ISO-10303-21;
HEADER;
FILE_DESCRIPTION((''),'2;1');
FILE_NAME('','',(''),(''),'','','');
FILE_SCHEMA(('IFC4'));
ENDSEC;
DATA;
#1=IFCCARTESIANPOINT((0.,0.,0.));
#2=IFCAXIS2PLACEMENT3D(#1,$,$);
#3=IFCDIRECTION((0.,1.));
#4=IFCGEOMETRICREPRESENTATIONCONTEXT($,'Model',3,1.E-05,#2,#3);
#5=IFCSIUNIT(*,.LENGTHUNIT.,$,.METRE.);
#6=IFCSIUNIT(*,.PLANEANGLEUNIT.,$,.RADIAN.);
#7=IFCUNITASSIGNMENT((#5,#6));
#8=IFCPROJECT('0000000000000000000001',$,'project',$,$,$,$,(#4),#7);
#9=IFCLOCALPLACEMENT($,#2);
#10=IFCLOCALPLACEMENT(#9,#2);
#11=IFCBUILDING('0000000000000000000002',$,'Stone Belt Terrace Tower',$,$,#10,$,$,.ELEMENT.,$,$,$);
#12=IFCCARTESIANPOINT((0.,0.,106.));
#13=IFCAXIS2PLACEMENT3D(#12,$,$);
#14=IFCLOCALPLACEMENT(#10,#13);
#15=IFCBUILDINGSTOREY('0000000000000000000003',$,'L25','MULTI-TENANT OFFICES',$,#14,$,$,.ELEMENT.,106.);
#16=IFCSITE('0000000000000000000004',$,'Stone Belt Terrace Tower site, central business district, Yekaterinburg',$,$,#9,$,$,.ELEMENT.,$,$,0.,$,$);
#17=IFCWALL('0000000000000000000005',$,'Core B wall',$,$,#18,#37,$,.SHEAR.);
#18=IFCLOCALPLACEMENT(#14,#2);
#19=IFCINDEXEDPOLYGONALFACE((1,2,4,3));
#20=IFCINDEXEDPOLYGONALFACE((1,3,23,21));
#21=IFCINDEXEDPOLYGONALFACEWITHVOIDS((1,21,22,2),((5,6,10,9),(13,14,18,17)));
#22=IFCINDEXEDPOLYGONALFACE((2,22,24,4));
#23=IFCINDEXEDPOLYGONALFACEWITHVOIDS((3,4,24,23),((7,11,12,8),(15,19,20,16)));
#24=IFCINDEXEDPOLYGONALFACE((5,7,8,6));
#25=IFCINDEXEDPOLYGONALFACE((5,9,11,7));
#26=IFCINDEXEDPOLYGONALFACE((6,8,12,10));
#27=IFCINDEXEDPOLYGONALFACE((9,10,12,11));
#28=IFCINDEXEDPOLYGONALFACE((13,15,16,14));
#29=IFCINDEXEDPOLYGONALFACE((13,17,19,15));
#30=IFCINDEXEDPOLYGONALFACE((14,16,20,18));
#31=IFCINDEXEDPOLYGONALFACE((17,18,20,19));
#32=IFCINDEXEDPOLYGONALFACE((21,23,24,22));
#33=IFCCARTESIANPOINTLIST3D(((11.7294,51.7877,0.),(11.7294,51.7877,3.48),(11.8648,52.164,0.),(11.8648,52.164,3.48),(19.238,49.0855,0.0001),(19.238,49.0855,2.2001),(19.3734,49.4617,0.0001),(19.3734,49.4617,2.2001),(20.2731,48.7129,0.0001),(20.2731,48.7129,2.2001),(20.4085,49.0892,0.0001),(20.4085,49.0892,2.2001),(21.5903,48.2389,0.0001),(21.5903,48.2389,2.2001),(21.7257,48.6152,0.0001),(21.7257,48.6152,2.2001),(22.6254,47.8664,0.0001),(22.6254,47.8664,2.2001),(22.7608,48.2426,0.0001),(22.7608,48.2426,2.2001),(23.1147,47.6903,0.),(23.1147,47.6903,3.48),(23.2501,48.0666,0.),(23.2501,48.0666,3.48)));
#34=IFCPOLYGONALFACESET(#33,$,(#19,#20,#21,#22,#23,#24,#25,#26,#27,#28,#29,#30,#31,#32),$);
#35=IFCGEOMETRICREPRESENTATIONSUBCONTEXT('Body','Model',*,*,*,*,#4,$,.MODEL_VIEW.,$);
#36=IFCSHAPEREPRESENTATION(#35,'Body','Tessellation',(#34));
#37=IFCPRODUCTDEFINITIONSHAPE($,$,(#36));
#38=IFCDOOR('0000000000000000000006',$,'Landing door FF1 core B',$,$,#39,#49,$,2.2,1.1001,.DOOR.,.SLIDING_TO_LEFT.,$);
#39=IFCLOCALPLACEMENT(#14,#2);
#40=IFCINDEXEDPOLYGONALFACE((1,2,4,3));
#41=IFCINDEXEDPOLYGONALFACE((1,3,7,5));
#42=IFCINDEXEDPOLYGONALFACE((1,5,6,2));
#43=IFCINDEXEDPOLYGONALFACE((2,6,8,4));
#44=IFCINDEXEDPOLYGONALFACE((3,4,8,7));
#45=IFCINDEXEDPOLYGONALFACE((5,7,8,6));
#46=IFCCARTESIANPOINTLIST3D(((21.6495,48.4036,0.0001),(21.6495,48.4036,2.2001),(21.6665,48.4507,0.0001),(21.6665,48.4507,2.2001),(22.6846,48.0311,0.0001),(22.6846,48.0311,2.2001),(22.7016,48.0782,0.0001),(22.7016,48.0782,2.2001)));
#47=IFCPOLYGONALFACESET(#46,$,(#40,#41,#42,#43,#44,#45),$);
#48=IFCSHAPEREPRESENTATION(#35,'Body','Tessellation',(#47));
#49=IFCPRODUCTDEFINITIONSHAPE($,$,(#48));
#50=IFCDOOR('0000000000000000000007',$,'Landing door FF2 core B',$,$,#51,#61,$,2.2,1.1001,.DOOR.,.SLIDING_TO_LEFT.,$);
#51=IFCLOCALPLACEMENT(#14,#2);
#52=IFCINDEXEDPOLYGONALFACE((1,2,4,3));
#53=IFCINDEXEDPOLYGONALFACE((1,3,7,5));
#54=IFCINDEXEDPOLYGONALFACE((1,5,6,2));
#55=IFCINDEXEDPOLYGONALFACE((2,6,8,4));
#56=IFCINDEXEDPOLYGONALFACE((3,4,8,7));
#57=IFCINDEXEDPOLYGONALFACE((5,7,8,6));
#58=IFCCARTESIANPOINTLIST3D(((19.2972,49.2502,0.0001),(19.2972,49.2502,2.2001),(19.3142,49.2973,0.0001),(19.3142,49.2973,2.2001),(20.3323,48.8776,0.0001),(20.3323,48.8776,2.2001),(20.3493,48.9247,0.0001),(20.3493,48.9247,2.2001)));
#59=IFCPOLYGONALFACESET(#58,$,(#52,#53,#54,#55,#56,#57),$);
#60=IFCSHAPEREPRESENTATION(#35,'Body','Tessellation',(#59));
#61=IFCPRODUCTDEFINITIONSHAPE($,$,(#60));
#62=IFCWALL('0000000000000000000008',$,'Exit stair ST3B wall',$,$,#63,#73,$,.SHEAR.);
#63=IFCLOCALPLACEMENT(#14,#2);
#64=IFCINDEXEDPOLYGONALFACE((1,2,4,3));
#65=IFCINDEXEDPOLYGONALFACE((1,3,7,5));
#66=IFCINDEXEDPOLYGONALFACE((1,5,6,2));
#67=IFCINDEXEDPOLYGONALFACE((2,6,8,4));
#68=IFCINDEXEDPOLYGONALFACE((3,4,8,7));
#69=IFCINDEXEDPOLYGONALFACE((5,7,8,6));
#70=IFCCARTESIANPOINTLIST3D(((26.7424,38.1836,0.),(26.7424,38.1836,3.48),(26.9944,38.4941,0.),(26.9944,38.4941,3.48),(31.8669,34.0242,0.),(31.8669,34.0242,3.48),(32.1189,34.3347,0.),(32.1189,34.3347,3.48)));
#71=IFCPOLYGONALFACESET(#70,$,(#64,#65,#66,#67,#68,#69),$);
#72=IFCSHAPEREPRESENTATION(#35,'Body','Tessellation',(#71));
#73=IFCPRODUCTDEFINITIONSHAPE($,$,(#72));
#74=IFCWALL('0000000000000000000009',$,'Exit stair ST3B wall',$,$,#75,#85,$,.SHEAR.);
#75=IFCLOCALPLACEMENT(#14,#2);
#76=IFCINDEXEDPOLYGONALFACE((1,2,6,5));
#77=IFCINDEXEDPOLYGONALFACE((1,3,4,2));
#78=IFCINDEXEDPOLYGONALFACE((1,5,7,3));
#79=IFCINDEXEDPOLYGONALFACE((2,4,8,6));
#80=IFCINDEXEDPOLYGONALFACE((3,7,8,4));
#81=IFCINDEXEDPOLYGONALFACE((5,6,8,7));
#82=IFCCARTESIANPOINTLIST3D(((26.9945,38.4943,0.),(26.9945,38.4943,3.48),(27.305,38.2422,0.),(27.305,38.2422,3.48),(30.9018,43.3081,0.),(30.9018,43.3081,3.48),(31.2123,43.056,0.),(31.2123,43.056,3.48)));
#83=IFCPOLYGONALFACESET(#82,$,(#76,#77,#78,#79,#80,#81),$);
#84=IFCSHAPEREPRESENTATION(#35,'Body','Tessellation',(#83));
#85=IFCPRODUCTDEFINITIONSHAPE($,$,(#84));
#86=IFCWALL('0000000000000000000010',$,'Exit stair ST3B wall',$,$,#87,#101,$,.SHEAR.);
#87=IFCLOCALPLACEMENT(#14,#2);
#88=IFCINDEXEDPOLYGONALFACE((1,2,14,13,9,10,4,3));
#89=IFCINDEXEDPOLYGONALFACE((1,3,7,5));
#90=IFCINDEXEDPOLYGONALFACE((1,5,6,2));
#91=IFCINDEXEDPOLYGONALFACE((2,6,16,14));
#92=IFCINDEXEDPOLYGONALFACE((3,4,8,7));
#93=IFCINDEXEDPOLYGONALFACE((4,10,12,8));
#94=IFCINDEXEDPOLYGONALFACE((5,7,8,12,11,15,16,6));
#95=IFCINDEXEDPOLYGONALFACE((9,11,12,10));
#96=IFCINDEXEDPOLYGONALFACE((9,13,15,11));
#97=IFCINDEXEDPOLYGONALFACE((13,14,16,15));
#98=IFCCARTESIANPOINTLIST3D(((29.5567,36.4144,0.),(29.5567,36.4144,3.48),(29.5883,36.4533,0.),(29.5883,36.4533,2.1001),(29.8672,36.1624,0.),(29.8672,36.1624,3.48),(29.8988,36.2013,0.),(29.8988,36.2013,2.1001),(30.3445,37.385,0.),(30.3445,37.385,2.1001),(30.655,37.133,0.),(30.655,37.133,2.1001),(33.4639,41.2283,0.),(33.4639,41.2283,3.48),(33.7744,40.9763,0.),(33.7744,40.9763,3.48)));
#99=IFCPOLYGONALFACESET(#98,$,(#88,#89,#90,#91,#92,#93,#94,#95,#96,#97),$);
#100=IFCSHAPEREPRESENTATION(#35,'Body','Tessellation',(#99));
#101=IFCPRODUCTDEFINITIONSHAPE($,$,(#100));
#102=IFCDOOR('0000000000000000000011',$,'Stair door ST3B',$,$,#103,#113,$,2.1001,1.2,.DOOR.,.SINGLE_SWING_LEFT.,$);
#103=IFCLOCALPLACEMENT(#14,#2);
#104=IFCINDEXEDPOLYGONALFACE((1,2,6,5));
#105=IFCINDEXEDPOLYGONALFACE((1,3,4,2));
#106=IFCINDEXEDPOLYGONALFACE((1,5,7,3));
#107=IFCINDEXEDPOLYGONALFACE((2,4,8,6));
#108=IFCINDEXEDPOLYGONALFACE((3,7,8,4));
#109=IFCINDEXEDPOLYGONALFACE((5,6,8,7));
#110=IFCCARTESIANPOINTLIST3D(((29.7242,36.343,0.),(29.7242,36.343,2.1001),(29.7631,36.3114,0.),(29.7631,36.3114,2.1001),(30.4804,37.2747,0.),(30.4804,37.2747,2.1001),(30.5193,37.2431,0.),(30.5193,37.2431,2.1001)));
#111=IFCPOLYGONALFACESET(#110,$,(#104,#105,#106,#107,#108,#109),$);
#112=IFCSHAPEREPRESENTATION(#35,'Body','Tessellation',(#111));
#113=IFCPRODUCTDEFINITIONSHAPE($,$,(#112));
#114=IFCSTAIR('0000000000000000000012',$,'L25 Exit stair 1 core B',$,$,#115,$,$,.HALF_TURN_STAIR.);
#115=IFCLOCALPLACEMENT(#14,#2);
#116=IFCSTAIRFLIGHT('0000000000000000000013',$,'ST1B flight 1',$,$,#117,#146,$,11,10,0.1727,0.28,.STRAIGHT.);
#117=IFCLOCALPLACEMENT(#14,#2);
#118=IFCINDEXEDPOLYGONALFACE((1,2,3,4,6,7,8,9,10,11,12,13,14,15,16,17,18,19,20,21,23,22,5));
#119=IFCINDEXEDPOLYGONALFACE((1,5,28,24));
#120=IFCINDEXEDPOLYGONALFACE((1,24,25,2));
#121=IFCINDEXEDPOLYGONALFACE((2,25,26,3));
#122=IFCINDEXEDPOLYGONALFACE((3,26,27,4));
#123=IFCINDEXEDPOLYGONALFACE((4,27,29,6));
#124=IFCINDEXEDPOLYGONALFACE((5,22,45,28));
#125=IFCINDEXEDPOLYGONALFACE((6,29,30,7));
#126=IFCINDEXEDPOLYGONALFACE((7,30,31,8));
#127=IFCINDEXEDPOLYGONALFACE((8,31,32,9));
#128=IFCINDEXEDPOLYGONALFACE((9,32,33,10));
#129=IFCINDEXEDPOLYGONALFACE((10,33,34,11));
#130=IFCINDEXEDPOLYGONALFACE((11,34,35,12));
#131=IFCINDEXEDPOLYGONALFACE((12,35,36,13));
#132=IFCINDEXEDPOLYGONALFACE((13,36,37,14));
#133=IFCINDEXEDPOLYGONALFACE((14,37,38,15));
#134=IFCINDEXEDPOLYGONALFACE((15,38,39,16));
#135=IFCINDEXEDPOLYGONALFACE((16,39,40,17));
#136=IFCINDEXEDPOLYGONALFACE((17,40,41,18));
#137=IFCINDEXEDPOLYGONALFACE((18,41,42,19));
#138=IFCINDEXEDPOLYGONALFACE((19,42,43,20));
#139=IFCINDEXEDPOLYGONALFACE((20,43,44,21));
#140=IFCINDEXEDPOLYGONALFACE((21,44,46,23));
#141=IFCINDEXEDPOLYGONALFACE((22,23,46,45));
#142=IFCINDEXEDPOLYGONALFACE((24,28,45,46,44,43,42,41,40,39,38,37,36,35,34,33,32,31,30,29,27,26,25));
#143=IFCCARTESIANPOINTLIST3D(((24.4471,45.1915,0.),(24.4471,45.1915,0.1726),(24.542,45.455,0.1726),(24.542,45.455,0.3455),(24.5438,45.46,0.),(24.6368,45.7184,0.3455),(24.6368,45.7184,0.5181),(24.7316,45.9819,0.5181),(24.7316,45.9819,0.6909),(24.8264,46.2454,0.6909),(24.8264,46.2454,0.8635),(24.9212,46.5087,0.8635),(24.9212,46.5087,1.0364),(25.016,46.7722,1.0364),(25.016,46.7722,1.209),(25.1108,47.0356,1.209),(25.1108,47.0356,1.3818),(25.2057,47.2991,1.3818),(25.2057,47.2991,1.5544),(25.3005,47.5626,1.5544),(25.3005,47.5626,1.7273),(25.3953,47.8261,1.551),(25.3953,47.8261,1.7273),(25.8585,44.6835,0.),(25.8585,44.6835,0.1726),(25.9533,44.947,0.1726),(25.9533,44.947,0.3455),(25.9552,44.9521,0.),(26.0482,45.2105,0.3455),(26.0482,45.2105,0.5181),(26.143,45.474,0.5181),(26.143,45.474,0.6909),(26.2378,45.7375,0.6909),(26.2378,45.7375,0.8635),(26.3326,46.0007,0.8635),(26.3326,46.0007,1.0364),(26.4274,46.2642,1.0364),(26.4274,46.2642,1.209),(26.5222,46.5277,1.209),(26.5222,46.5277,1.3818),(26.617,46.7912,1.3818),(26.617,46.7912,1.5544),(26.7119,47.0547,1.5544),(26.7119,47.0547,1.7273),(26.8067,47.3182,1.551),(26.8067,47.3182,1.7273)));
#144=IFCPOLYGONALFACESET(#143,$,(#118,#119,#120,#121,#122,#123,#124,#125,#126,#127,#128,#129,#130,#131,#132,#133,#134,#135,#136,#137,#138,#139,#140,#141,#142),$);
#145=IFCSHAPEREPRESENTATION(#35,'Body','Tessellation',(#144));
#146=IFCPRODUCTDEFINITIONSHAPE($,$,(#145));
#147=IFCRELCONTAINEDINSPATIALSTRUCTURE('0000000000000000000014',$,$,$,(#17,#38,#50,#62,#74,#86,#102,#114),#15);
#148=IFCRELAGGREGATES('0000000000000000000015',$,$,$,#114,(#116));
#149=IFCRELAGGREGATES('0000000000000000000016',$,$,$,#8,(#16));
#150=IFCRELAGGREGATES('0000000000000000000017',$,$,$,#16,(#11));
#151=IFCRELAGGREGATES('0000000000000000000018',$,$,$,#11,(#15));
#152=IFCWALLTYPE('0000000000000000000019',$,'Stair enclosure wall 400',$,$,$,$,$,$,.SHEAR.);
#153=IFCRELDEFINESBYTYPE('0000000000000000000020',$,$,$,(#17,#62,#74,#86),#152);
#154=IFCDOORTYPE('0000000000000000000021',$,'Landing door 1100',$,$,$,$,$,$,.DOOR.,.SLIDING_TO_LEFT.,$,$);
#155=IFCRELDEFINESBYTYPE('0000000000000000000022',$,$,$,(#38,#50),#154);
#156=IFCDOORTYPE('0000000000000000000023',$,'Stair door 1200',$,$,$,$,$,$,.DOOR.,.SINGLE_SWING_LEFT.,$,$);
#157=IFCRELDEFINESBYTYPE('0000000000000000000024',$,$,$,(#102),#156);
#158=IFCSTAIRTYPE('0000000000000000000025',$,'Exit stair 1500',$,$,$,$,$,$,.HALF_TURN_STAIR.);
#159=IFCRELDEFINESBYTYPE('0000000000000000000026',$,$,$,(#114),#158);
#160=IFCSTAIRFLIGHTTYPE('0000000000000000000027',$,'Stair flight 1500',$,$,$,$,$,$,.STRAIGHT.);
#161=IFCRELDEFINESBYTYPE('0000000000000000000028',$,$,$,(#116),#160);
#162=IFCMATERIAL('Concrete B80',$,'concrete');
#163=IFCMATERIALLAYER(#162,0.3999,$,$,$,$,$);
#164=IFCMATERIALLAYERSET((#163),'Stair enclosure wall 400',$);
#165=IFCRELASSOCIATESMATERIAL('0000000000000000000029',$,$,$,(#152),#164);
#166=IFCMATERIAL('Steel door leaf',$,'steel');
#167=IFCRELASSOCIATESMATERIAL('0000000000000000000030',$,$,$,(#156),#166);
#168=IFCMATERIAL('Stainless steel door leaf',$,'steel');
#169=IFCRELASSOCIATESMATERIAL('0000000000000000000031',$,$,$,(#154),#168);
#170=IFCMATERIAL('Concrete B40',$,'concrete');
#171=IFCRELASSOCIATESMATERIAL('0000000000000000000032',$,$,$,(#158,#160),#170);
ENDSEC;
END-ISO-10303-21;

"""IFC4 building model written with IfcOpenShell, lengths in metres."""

from ifc_helpers import new_model, si_unit, direction, frame, frame_2d, origin, place, context, subcontext, project, spatial, polyline, rectangle, outline, extrude, material, layer, layer_set, type_object, element, fill, aggregate, save


model = new_model("IFC4")

# Units and contexts
model_context = context("Model", 3, precision=1e-05, world=origin(), true_north=direction((0.0, 1.0)))
body_context = subcontext(model_context, "Body", "Model", "MODEL_VIEW")
ifc_project = project(units=[si_unit("LENGTHUNIT", "METRE"), si_unit("PLANEANGLEUNIT", "RADIAN")], contexts=[model_context])

# Site, building, storey
site_placement = place(None, origin())
site = spatial("IfcSite", under=ifc_project, at=site_placement, Name="Stone Belt Terrace Tower site, central business district, Yekaterinburg", CompositionType="ELEMENT", RefElevation=0.0)
building_placement = place(site_placement, origin())
building = spatial("IfcBuilding", under=site, at=building_placement, Name="Stone Belt Terrace Tower", CompositionType="ELEMENT")
storey_placement = place(building_placement, frame((0.0, 0.0, 106.0)))
storey = spatial("IfcBuildingStorey", under=building, at=storey_placement, Name="L25", Description="MULTI-TENANT OFFICES", CompositionType="ELEMENT", Elevation=106.0)

# Shared definitions
ifc_material_1 = material(Name="Concrete B80", Category="concrete")

# Shared definitions
ifc_layer_1 = layer(ifc_material_1, 0.3999)
ifc_layer_set_1 = layer_set([ifc_layer_1], Name="Stair enclosure wall 400")
wall_type_1 = type_object("IfcWallType", Name="Stair enclosure wall 400", PredefinedType="SHEAR", material=ifc_layer_set_1)
ifc_material_2 = material(Name="Steel door leaf", Category="steel")
door_type_1 = type_object("IfcDoorType", Name="Stair door 1200", OperationType="SINGLE_SWING_LEFT", PredefinedType="DOOR", material=ifc_material_2)

# Wall, openings, doors
wall_1_placement = place(storey_placement, frame((23.1824, 47.8784, 0.0), z_axis=(0.0, 0.0, 1.0), x_axis=(-0.940921, 0.338626, 0.0)))
wall_1 = element("IfcWall", 1, at=wall_1_placement, inside=storey, type_object=wall_type_1, Name="Core B wall", PredefinedType="SHEAR", context=body_context, shape_type="SweptSolid", body=[
    extrude(rectangle(XDim=12.1001, YDim=0.3999, at=frame_2d((6.05, 0.0))), origin(), (0.0, 0.0, 1.0), 3.48),
])
opening_1_placement = place(wall_1_placement, frame((0.52, 0.0, 0.0)))
opening_1 = element("IfcOpeningElement", 2, at=opening_1_placement, cuts=wall_1, PredefinedType="OPENING", context=body_context, shape_type="SweptSolid", body=[
    extrude(rectangle(XDim=1.1001, YDim=2.2, at=frame_2d((0.55, 1.1001))), frame((0.0, 0.21, 0.0), z_axis=(0.0, -1.0, 0.0), x_axis=(1.0, 0.0, 0.0)), (0.0, 0.0, 1.0), 0.4199),
])
opening_2_placement = place(wall_1_placement, frame((3.02, 0.0, 0.0)))
opening_2 = element("IfcOpeningElement", 3, at=opening_2_placement, cuts=wall_1, PredefinedType="OPENING", context=body_context, shape_type="SweptSolid", body=[
    extrude(rectangle(XDim=1.1001, YDim=2.2, at=frame_2d((0.55, 1.1001))), frame((0.0, 0.21, 0.0), z_axis=(0.0, -1.0, 0.0), x_axis=(1.0, 0.0, 0.0)), (0.0, 0.0, 1.0), 0.4199),
])
ifc_material_3 = material(Name="Stainless steel door leaf", Category="steel")
door_type_2 = type_object("IfcDoorType", Name="Landing door 1100", OperationType="SLIDING_TO_LEFT", PredefinedType="DOOR", material=ifc_material_3)
door_1_placement = place(opening_1_placement, origin())
door_1 = element("IfcDoor", 4, at=door_1_placement, inside=storey, type_object=door_type_2, Name="Landing door FF1 core B", OperationType="SLIDING_TO_LEFT", OverallHeight=2.2, OverallWidth=1.1001, PredefinedType="DOOR", context=body_context, shape_type="SweptSolid", body=[
    extrude(rectangle(XDim=1.1001, YDim=2.2, at=frame_2d((0.55, 1.1001))), frame((0.0, 0.0249, 0.0), z_axis=(0.0, -1.0, 0.0), x_axis=(1.0, 0.0, 0.0)), (0.0, 0.0, 1.0), 0.05),
])
fill(opening_1, door_1)
door_2_placement = place(opening_2_placement, origin())
door_2 = element("IfcDoor", 5, at=door_2_placement, inside=storey, type_object=door_type_2, Name="Landing door FF2 core B", OperationType="SLIDING_TO_LEFT", OverallHeight=2.2, OverallWidth=1.1001, PredefinedType="DOOR", context=body_context, shape_type="SweptSolid", body=[
    extrude(rectangle(XDim=1.1001, YDim=2.2, at=frame_2d((0.55, 1.1001))), frame((0.0, 0.0249, 0.0), z_axis=(0.0, -1.0, 0.0), x_axis=(1.0, 0.0, 0.0)), (0.0, 0.0, 1.0), 0.05),
])
fill(opening_2, door_2)

# Walls
wall_2_placement = place(storey_placement, frame((26.8684, 38.3389, 0.0), z_axis=(0.0, 0.0, 1.0), x_axis=(0.776428, -0.630205, 0.0)))
element("IfcWall", 6, at=wall_2_placement, inside=storey, type_object=wall_type_1, Name="Exit stair ST3B wall", PredefinedType="SHEAR", context=body_context, shape_type="SweptSolid", body=[
    extrude(rectangle(XDim=6.6001, YDim=0.3999, at=frame_2d((3.3, 0.0))), origin(), (0.0, 0.0, 1.0), 3.48),
])
wall_3_placement = place(storey_placement, frame((27.1497, 38.3682, 0.0), z_axis=(0.0, 0.0, 1.0), x_axis=(0.630212, 0.776423, 0.0)))
element("IfcWall", 7, at=wall_3_placement, inside=storey, type_object=wall_type_1, Name="Exit stair ST3B wall", PredefinedType="SHEAR", context=body_context, shape_type="SweptSolid", body=[
    extrude(rectangle(XDim=6.2, YDim=0.3999, at=frame_2d((3.1001, 0.0))), origin(), (0.0, 0.0, 1.0), 3.48),
])

# Wall, opening, door
wall_4_placement = place(storey_placement, frame((29.7119, 36.2883, 0.0), z_axis=(0.0, 0.0, 1.0), x_axis=(0.630192, 0.776439, 0.0)))
wall_4 = element("IfcWall", 8, at=wall_4_placement, inside=storey, type_object=wall_type_1, Name="Exit stair ST3B wall", PredefinedType="SHEAR", context=body_context, shape_type="SweptSolid", body=[
    extrude(rectangle(XDim=6.2, YDim=0.3999, at=frame_2d((3.1001, 0.0))), origin(), (0.0, 0.0, 1.0), 3.48),
])
opening_3_placement = place(wall_4_placement, frame((0.05, 0.0, 0.0)))
opening_3 = element("IfcOpeningElement", 9, at=opening_3_placement, cuts=wall_4, PredefinedType="OPENING", context=body_context, shape_type="SweptSolid", body=[
    extrude(rectangle(XDim=1.2, YDim=2.1001, at=frame_2d((0.6001, 1.05))), frame((0.0, 0.21, 0.0), z_axis=(0.0, -1.0, 0.0), x_axis=(1.0, 0.0, 0.0)), (0.0, 0.0, 1.0), 0.4199),
])
door_3_placement = place(opening_3_placement, origin())
door_3 = element("IfcDoor", 10, at=door_3_placement, inside=storey, type_object=door_type_1, Name="Stair door ST3B", OperationType="SINGLE_SWING_LEFT", OverallHeight=2.1001, OverallWidth=1.2, PredefinedType="DOOR", context=body_context, shape_type="SweptSolid", body=[
    extrude(rectangle(XDim=1.2, YDim=2.1001, at=frame_2d((0.6001, 1.05))), frame((0.0, 0.0249, 0.0), z_axis=(0.0, -1.0, 0.0), x_axis=(1.0, 0.0, 0.0)), (0.0, 0.0, 1.0), 0.05),
])
fill(opening_3, door_3)

# Stair, stair flight
ifc_material_4 = material(Name="Concrete B40", Category="concrete")
stair_type = type_object("IfcStairType", Name="Exit stair 1500", PredefinedType="HALF_TURN_STAIR", material=ifc_material_4)
stair_1_placement = place(storey_placement, origin())
stair_1 = element("IfcStair", 11, at=stair_1_placement, inside=storey, type_object=stair_type, Name="L25 Exit stair 1 core B", PredefinedType="HALF_TURN_STAIR")
stair_flight_type = type_object("IfcStairFlightType", Name="Stair flight 1500", PredefinedType="STRAIGHT", material=ifc_material_4)
stair_flight_1_placement = place(storey_placement, frame((25.1528, 44.9375, 0.0), z_axis=(0.0, 0.0, 1.0), x_axis=(0.338624, 0.940922, 0.0)))
stair_flight_1 = element("IfcStairFlight", 12, at=stair_flight_1_placement, type_object=stair_flight_type, Name="ST1B flight 1", NumberOfRisers=11, NumberOfTreads=10, PredefinedType="STRAIGHT", RiserHeight=0.1727, TreadLength=0.28, context=body_context, shape_type="SweptSolid", body=[
    extrude(outline(polyline([(0.0, 0.0), (0.0, 0.1726), (0.28, 0.1726), (0.28, 0.3455), (0.5601, 0.3455), (0.5601, 0.5181), (0.8401, 0.5181), (0.8401, 0.6909), (1.1201, 0.6909), (1.1201, 0.8635), (1.3999, 0.8635), (1.3999, 1.0364), (1.6799, 1.0364), (1.6799, 1.209), (1.96, 1.209), (1.96, 1.3818), (2.24, 1.3818), (2.24, 1.5544), (2.52, 1.5544), (2.52, 1.7273), (2.8, 1.7273), (2.8, 1.8999), (2.8, 1.551), (0.2854, 0.0), (0.0, 0.0)])), frame((0.0, 0.75, 0.0), z_axis=(0.0, -1.0, 0.0), x_axis=(1.0, 0.0, 0.0)), (0.0, 0.0, 1.0), 1.5),
])
aggregate(stair_1, [stair_flight_1])

save(model, "model.ifc")
